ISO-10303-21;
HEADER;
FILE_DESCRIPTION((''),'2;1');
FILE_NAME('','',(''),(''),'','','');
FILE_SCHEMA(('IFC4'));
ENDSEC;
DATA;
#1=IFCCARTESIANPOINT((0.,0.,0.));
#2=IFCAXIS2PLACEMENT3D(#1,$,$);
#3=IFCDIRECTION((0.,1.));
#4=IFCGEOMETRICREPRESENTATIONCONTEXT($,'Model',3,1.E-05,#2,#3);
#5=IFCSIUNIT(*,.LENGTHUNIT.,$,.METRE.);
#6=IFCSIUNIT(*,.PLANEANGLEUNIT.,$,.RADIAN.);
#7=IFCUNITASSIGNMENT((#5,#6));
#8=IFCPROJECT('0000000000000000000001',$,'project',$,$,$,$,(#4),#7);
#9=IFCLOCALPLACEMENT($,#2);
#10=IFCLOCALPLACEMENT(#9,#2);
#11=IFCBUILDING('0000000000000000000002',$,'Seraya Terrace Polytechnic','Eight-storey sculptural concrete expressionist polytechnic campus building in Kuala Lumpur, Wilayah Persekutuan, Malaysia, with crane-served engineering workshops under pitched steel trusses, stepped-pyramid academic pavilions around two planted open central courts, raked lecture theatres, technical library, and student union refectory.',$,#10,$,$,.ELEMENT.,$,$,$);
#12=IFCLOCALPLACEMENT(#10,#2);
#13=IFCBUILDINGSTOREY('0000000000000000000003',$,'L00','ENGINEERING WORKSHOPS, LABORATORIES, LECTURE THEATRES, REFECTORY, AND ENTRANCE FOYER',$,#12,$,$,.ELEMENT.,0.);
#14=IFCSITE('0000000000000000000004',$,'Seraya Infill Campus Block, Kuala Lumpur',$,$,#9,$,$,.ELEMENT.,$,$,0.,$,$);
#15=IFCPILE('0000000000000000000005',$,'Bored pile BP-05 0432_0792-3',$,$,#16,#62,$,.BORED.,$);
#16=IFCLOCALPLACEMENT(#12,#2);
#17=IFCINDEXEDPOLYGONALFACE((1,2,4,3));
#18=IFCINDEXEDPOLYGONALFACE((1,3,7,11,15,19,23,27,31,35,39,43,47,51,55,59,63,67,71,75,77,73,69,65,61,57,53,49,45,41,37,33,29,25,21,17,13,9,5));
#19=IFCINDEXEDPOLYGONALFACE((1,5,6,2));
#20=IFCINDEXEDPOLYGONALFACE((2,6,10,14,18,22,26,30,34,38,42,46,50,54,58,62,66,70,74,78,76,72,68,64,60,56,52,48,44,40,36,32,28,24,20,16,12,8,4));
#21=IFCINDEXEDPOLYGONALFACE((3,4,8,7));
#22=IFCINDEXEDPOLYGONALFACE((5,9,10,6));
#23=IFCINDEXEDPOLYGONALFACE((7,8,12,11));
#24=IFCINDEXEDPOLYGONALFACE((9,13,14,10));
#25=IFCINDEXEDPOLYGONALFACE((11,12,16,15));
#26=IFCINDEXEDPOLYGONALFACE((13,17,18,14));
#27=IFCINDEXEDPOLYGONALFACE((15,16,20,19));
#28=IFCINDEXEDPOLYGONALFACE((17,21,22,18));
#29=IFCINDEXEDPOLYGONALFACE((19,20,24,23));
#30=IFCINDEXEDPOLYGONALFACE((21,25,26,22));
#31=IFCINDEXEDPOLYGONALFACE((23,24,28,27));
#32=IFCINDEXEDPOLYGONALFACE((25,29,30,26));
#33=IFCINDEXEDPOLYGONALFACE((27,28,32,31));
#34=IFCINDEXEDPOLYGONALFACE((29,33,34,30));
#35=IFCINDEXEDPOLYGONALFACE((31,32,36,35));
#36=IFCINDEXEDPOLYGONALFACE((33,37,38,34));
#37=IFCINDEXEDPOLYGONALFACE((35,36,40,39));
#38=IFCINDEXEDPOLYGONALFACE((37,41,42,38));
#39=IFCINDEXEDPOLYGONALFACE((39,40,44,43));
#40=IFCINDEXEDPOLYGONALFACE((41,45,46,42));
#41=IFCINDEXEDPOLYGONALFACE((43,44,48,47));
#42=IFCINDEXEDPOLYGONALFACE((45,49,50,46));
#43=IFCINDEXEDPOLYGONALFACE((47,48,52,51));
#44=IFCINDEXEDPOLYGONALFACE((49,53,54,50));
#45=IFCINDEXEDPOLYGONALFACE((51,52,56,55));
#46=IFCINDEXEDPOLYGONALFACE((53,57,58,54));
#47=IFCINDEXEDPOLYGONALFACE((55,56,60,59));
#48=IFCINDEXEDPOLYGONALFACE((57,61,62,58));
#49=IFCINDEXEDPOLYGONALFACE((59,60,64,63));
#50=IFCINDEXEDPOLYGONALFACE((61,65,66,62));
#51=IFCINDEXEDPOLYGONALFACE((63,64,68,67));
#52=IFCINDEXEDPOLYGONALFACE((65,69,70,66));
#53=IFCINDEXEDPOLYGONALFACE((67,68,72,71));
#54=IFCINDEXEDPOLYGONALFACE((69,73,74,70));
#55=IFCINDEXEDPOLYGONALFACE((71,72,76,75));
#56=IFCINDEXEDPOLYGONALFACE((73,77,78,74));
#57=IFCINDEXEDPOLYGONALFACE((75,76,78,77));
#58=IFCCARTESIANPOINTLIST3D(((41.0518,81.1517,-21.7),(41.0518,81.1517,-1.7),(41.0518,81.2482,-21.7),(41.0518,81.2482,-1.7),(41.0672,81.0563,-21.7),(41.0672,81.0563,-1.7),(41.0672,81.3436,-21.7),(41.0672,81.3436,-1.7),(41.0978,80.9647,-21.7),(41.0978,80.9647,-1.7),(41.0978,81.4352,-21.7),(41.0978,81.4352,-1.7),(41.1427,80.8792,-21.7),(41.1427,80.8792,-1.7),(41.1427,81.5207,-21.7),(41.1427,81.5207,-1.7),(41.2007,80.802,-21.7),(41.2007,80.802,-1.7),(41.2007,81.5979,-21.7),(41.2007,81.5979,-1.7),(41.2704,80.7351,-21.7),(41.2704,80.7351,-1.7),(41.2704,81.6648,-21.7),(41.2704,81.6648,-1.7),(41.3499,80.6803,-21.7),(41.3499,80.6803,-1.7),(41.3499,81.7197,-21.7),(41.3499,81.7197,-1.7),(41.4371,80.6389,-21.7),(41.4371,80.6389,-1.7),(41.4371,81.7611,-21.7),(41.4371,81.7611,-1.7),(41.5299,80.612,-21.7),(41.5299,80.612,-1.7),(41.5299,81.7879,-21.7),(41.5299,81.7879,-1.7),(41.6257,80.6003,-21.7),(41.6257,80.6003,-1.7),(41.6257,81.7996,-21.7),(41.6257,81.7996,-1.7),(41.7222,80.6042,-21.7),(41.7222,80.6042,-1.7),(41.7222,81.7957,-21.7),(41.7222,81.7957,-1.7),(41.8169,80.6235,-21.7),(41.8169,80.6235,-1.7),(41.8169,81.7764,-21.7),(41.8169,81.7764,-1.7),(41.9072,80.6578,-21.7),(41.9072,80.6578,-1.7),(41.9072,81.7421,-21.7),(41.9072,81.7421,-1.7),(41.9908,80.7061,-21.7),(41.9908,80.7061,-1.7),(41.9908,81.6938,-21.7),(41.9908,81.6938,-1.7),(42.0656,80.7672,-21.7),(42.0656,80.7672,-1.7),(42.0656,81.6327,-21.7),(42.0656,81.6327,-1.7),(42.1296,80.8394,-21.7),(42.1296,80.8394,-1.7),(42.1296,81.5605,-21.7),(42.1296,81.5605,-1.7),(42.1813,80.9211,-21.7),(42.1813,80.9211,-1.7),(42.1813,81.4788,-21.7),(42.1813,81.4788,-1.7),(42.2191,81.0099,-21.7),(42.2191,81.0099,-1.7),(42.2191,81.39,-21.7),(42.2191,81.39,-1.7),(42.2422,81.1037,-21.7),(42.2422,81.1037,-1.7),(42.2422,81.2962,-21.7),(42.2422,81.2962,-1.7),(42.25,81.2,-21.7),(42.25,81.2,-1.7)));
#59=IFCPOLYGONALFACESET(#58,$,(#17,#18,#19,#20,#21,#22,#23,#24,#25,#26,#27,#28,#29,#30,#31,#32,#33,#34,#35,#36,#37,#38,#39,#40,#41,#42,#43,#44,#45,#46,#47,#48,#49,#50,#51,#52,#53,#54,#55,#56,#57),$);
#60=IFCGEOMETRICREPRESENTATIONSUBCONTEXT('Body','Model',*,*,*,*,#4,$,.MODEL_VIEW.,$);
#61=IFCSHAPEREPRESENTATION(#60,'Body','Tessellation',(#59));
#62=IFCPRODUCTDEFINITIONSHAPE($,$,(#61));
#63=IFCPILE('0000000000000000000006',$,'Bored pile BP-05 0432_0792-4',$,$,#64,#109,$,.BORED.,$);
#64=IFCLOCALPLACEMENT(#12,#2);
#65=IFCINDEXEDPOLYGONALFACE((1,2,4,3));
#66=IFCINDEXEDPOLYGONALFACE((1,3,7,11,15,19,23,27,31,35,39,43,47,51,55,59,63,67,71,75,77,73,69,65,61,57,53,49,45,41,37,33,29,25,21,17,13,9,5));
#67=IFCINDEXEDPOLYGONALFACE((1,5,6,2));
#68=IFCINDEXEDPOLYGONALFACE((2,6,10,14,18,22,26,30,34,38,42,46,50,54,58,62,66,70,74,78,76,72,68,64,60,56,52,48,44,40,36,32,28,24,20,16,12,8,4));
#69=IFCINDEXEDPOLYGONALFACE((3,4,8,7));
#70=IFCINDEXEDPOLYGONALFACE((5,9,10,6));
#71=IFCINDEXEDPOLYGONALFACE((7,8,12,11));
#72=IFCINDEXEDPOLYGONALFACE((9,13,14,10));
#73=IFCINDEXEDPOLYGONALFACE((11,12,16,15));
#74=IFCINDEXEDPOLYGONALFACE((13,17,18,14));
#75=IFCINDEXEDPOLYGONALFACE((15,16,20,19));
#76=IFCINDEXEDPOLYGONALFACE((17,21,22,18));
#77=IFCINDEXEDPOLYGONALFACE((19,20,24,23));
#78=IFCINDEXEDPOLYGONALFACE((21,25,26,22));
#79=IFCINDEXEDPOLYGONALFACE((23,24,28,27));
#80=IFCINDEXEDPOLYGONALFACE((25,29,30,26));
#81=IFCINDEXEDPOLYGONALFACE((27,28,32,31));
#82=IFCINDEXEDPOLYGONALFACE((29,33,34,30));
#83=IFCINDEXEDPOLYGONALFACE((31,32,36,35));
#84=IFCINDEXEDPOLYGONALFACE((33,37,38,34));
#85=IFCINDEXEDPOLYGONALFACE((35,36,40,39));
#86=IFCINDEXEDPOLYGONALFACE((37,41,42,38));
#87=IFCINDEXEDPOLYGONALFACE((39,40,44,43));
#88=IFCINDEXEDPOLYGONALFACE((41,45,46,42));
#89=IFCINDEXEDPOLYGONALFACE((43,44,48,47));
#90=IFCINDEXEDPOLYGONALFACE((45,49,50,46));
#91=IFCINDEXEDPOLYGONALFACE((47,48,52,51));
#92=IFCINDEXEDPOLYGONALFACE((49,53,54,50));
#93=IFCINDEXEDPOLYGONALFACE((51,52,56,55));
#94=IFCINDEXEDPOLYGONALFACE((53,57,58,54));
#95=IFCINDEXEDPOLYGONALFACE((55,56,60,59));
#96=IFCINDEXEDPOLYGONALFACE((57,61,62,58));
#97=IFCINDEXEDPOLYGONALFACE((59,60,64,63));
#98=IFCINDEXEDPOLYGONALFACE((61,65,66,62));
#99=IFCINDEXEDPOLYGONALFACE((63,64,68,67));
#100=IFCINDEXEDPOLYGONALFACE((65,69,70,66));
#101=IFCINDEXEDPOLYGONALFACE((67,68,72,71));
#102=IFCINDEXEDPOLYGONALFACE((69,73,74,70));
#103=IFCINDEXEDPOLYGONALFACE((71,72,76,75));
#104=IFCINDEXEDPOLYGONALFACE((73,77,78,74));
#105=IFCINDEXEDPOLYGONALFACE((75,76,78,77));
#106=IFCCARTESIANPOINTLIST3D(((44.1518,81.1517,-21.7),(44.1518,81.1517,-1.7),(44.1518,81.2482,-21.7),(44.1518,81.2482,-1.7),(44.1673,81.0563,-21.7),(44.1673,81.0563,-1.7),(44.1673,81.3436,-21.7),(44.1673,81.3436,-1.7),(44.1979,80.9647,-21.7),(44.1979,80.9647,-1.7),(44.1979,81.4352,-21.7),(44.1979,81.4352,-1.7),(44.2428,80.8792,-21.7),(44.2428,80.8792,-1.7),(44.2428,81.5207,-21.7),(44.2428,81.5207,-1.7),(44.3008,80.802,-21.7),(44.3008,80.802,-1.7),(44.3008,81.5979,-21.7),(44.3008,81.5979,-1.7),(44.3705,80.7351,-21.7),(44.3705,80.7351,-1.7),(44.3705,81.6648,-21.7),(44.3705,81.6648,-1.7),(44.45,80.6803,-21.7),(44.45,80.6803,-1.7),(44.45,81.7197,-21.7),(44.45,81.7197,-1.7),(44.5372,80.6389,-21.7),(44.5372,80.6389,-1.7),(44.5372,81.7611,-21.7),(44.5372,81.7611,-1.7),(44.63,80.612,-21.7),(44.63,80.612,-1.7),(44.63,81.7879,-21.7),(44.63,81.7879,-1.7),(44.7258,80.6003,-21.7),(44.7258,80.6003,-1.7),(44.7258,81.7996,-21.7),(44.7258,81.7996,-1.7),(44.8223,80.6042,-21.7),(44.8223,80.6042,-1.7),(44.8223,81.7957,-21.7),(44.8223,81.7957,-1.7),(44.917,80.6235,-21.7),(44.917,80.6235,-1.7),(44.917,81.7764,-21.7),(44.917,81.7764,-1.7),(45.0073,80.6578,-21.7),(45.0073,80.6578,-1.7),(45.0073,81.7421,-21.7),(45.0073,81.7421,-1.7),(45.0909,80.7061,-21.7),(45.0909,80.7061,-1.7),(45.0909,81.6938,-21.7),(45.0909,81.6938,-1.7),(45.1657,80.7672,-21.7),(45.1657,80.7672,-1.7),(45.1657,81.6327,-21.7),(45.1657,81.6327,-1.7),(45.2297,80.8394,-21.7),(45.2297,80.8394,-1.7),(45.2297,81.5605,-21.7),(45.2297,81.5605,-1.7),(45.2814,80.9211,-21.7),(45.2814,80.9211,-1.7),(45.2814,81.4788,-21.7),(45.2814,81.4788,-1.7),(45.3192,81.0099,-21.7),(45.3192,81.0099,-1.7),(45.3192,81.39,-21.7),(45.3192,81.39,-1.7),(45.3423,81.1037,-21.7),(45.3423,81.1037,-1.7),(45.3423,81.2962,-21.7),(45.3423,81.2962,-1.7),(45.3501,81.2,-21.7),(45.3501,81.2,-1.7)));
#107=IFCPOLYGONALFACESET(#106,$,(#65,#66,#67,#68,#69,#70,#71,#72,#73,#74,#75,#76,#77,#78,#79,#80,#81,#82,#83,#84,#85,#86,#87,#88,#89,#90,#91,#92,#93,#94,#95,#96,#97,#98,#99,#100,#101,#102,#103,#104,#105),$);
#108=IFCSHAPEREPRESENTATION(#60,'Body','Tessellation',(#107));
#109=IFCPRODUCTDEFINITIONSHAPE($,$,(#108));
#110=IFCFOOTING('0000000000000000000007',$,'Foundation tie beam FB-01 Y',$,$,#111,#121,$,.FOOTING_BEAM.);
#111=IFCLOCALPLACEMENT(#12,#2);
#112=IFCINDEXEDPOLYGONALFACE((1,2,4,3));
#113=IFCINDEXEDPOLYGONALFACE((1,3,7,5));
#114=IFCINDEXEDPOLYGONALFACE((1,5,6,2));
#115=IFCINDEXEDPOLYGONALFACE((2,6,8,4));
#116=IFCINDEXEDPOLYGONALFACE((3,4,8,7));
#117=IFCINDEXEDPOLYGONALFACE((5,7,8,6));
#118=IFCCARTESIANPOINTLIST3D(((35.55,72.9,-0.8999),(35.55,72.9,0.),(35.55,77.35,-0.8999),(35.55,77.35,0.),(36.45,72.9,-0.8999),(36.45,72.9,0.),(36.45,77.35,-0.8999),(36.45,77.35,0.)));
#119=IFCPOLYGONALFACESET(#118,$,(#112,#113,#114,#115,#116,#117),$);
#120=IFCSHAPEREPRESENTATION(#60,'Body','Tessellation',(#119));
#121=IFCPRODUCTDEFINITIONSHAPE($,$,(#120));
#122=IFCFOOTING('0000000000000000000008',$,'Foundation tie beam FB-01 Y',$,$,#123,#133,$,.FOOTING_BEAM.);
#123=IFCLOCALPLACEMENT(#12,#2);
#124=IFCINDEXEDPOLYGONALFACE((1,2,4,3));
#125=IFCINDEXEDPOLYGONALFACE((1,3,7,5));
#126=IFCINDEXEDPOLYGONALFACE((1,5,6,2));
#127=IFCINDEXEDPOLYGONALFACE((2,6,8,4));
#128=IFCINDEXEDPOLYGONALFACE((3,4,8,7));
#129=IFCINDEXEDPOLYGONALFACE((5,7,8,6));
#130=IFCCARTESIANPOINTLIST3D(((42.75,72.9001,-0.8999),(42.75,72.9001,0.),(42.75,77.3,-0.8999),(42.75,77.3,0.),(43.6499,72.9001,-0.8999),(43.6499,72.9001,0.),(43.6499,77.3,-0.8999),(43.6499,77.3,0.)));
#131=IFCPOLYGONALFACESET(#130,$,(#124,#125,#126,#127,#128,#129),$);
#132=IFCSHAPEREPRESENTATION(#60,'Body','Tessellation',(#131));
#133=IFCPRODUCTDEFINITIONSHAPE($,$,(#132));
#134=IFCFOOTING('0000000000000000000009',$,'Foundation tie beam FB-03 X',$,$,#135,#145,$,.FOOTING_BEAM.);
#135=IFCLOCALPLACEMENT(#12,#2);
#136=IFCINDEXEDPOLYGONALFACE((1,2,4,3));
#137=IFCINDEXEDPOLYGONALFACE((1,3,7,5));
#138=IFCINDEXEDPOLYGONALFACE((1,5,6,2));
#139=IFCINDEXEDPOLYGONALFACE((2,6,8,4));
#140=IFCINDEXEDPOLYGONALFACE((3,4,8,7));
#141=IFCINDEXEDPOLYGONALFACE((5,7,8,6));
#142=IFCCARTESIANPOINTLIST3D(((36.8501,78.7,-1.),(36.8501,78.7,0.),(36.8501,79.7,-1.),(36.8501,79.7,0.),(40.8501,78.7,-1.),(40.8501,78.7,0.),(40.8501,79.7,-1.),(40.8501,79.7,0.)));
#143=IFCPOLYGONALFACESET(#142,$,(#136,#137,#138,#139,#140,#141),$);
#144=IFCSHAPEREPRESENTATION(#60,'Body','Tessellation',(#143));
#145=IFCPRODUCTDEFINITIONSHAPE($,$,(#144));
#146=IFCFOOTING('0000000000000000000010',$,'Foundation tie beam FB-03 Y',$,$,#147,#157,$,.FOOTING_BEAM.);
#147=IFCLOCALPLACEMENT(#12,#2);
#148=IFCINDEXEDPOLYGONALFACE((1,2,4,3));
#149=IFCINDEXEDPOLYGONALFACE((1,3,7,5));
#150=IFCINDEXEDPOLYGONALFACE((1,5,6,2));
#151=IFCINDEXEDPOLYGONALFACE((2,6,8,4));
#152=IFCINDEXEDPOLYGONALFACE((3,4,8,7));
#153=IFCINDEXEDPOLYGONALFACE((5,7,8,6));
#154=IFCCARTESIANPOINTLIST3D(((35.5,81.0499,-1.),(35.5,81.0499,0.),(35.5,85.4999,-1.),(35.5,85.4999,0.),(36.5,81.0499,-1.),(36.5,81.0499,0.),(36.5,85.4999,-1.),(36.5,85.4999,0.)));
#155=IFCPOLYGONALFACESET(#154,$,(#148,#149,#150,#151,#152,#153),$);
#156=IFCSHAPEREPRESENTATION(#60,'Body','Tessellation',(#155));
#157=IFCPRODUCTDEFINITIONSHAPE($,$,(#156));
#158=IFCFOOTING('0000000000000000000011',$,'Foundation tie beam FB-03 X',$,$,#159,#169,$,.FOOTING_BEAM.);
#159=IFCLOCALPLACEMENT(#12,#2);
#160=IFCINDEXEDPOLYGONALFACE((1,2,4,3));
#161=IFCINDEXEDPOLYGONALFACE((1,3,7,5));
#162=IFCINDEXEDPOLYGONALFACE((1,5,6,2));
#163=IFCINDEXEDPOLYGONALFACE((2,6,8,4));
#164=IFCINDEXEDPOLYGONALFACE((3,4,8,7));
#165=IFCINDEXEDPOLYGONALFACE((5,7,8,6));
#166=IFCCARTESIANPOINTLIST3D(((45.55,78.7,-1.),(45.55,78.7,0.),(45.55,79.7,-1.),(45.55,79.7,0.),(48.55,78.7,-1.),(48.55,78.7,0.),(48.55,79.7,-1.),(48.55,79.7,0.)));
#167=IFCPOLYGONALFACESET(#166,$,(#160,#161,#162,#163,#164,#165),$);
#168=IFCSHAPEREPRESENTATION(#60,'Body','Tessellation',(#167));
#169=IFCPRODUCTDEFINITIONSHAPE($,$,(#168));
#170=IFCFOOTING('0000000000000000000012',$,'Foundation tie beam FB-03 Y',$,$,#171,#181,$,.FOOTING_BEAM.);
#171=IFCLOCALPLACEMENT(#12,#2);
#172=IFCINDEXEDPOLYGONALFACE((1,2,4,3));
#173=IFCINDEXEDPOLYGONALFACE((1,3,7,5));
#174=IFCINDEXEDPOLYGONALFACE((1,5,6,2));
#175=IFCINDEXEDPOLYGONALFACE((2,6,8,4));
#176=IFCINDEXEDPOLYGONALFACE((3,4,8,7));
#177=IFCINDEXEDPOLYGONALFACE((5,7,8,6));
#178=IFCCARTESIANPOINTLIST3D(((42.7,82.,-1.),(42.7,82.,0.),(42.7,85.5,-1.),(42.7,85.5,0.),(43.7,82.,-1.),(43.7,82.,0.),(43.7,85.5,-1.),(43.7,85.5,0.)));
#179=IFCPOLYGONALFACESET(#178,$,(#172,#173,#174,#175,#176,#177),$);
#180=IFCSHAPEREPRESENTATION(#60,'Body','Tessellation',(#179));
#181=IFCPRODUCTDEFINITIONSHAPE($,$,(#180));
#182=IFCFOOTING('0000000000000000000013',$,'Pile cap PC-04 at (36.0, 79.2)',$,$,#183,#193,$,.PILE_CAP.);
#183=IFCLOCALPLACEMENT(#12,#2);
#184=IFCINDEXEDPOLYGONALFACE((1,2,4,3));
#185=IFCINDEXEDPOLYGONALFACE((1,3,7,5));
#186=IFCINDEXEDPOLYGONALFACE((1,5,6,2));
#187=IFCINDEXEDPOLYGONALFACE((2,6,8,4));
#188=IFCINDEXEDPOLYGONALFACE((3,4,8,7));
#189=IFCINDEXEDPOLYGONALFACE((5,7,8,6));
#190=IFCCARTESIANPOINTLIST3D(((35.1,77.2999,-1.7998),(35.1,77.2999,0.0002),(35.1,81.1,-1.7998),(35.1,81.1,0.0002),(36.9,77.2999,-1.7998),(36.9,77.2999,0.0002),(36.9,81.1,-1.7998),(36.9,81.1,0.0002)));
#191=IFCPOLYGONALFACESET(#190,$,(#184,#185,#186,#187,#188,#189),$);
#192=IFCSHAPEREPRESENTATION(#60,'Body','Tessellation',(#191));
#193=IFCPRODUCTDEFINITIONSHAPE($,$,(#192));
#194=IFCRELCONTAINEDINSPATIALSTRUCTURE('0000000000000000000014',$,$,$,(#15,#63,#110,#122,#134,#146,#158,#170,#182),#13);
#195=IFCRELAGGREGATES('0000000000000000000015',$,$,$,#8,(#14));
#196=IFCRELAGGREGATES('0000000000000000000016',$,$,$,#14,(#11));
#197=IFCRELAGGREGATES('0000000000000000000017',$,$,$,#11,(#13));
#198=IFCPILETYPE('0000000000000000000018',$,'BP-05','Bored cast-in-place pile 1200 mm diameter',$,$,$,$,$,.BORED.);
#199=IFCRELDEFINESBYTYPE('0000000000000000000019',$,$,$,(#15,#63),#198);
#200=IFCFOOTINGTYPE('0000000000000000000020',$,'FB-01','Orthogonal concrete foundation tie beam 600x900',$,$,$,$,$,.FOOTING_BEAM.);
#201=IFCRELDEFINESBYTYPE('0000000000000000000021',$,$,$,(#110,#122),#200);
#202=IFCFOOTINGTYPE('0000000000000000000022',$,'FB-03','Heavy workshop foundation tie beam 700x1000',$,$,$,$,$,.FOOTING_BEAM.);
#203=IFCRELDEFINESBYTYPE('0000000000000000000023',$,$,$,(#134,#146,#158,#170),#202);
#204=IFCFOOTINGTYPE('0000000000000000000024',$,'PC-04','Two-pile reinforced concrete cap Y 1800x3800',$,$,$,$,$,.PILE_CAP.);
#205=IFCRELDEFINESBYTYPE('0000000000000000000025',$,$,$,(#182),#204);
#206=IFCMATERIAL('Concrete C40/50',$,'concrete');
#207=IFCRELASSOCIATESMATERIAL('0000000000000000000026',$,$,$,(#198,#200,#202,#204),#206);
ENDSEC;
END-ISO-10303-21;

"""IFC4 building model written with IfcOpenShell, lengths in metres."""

from ifc_helpers import new_model, si_unit, direction, frame, origin, origin_2d, place, context, subcontext, project, spatial, rectangle, circle, extrude, material, material_profile, profile_set, type_object, element, save


model = new_model("IFC4")

# Units and contexts
model_context = context("Model", 3, precision=1e-05, world=origin(), true_north=direction((0.0, 1.0)))
body_context = subcontext(model_context, "Body", "Model", "MODEL_VIEW")
ifc_project = project(units=[si_unit("LENGTHUNIT", "METRE"), si_unit("PLANEANGLEUNIT", "RADIAN")], contexts=[model_context])

# Site, building, storey
site_placement = place(None, origin())
site = spatial("IfcSite", under=ifc_project, at=site_placement, Name="Seraya Infill Campus Block, Kuala Lumpur", CompositionType="ELEMENT", RefElevation=0.0)
building_placement = place(site_placement, origin())
building = spatial("IfcBuilding", under=site, at=building_placement, Name="Seraya Terrace Polytechnic", Description="Eight-storey sculptural concrete expressionist polytechnic campus building in Kuala Lumpur, Wilayah Persekutuan, Malaysia, with crane-served engineering workshops under pitched steel trusses, stepped-pyramid academic pavilions around two planted open central courts, raked lecture theatres, technical library, and student union refectory.", CompositionType="ELEMENT")
storey_placement = place(building_placement, origin())
storey = spatial("IfcBuildingStorey", under=building, at=storey_placement, Name="L00", Description="ENGINEERING WORKSHOPS, LABORATORIES, LECTURE THEATRES, REFECTORY, AND ENTRANCE FOYER", CompositionType="ELEMENT", Elevation=0.0)

# Piles
ifc_material_1 = material(Name="Concrete C40/50", Category="concrete")
ifc_material_profile_1 = material_profile(ifc_material_1, circle(Radius=0.6001, at=origin_2d()), Name="DIA 1200")
ifc_profile_set_1 = profile_set([ifc_material_profile_1], Name="Concrete C40/50")
pile_type_1 = type_object("IfcPileType", Name="BP-05", Description="Bored cast-in-place pile 1200 mm diameter", PredefinedType="BORED", material=ifc_profile_set_1)
for number, where, z_axis, x_axis, name in (
    (1, (41.6499, 81.2, -1.7), (0.0, 0.0, -1.0), (1.0, 0.0, 0.0), "Bored pile BP-05 0432_0792-3"),
    (2, (44.75, 81.2, -1.7), (0.0, 0.0, -1.0), (1.0, 0.0, 0.0), "Bored pile BP-05 0432_0792-4"),
):
    element("IfcPile", number, at=place(storey_placement, frame(where, z_axis=z_axis, x_axis=x_axis)), inside=storey, type_object=pile_type_1, Name=name, PredefinedType="BORED", context=body_context, shape_type="SweptSolid", body=[
        extrude(circle(Radius=0.6001, at=origin_2d()), origin(), (0.0, 0.0, 1.0), 20.0),
    ])

# Footings
footing_type_1 = type_object("IfcFootingType", Name="FB-01", Description="Orthogonal concrete foundation tie beam 600x900", PredefinedType="FOOTING_BEAM", material=ifc_material_1)
footing_1_placement = place(storey_placement, frame((36.0, 75.125, -0.8999), z_axis=(0.0, 0.0, 1.0), x_axis=(0.0, 1.0, 0.0)))
element("IfcFooting", 3, at=footing_1_placement, inside=storey, type_object=footing_type_1, Name="Foundation tie beam FB-01 Y", PredefinedType="FOOTING_BEAM", context=body_context, shape_type="SweptSolid", body=[
    extrude(rectangle(XDim=4.45, YDim=0.8999, at=origin_2d()), origin(), (0.0, 0.0, 1.0), 0.8999),
])
footing_2_placement = place(storey_placement, frame((43.2, 75.1001, -0.8999), z_axis=(0.0, 0.0, 1.0), x_axis=(0.0, 1.0, 0.0)))
element("IfcFooting", 4, at=footing_2_placement, inside=storey, type_object=footing_type_1, Name="Foundation tie beam FB-01 Y", PredefinedType="FOOTING_BEAM", context=body_context, shape_type="SweptSolid", body=[
    extrude(rectangle(XDim=4.3999, YDim=0.8999, at=origin_2d()), origin(), (0.0, 0.0, 1.0), 0.8999),
])
footing_type_2 = type_object("IfcFootingType", Name="FB-03", Description="Heavy workshop foundation tie beam 700x1000", PredefinedType="FOOTING_BEAM", material=ifc_material_1)
footing_3_placement = place(storey_placement, frame((38.8501, 79.2, -1.0), z_axis=(0.0, 0.0, 1.0), x_axis=(1.0, 0.0, 0.0)))
element("IfcFooting", 5, at=footing_3_placement, inside=storey, type_object=footing_type_2, Name="Foundation tie beam FB-03 X", PredefinedType="FOOTING_BEAM", context=body_context, shape_type="SweptSolid", body=[
    extrude(rectangle(XDim=4.0, YDim=1.0, at=origin_2d()), origin(), (0.0, 0.0, 1.0), 1.0),
])
footing_4_placement = place(storey_placement, frame((36.0, 83.2749, -1.0), z_axis=(0.0, 0.0, 1.0), x_axis=(0.0, 1.0, 0.0)))
element("IfcFooting", 6, at=footing_4_placement, inside=storey, type_object=footing_type_2, Name="Foundation tie beam FB-03 Y", PredefinedType="FOOTING_BEAM", context=body_context, shape_type="SweptSolid", body=[
    extrude(rectangle(XDim=4.45, YDim=1.0, at=origin_2d()), origin(), (0.0, 0.0, 1.0), 1.0),
])
footing_5_placement = place(storey_placement, frame((47.05, 79.2, -1.0), z_axis=(0.0, 0.0, 1.0), x_axis=(1.0, 0.0, 0.0)))
element("IfcFooting", 7, at=footing_5_placement, inside=storey, type_object=footing_type_2, Name="Foundation tie beam FB-03 X", PredefinedType="FOOTING_BEAM", context=body_context, shape_type="SweptSolid", body=[
    extrude(rectangle(XDim=3.0, YDim=1.0, at=origin_2d()), origin(), (0.0, 0.0, 1.0), 1.0),
])
footing_6_placement = place(storey_placement, frame((43.2, 83.75, -1.0), z_axis=(0.0, 0.0, 1.0), x_axis=(0.0, 1.0, 0.0)))
element("IfcFooting", 8, at=footing_6_placement, inside=storey, type_object=footing_type_2, Name="Foundation tie beam FB-03 Y", PredefinedType="FOOTING_BEAM", context=body_context, shape_type="SweptSolid", body=[
    extrude(rectangle(XDim=3.5, YDim=1.0, at=origin_2d()), origin(), (0.0, 0.0, 1.0), 1.0),
])
footing_type_3 = type_object("IfcFootingType", Name="PC-04", Description="Two-pile reinforced concrete cap Y 1800x3800", PredefinedType="PILE_CAP", material=ifc_material_1)
footing_7_placement = place(storey_placement, frame((36.0, 79.2, -1.7998), z_axis=(0.0, 0.0, 1.0), x_axis=(1.0, 0.0, 0.0)))
element("IfcFooting", 9, at=footing_7_placement, inside=storey, type_object=footing_type_3, Name="Pile cap PC-04 at (36.0, 79.2)", PredefinedType="PILE_CAP", context=body_context, shape_type="SweptSolid", body=[
    extrude(rectangle(XDim=1.8, YDim=3.8, at=origin_2d()), origin(), (0.0, 0.0, 1.0), 1.8),
])

save(model, "model.ifc")
